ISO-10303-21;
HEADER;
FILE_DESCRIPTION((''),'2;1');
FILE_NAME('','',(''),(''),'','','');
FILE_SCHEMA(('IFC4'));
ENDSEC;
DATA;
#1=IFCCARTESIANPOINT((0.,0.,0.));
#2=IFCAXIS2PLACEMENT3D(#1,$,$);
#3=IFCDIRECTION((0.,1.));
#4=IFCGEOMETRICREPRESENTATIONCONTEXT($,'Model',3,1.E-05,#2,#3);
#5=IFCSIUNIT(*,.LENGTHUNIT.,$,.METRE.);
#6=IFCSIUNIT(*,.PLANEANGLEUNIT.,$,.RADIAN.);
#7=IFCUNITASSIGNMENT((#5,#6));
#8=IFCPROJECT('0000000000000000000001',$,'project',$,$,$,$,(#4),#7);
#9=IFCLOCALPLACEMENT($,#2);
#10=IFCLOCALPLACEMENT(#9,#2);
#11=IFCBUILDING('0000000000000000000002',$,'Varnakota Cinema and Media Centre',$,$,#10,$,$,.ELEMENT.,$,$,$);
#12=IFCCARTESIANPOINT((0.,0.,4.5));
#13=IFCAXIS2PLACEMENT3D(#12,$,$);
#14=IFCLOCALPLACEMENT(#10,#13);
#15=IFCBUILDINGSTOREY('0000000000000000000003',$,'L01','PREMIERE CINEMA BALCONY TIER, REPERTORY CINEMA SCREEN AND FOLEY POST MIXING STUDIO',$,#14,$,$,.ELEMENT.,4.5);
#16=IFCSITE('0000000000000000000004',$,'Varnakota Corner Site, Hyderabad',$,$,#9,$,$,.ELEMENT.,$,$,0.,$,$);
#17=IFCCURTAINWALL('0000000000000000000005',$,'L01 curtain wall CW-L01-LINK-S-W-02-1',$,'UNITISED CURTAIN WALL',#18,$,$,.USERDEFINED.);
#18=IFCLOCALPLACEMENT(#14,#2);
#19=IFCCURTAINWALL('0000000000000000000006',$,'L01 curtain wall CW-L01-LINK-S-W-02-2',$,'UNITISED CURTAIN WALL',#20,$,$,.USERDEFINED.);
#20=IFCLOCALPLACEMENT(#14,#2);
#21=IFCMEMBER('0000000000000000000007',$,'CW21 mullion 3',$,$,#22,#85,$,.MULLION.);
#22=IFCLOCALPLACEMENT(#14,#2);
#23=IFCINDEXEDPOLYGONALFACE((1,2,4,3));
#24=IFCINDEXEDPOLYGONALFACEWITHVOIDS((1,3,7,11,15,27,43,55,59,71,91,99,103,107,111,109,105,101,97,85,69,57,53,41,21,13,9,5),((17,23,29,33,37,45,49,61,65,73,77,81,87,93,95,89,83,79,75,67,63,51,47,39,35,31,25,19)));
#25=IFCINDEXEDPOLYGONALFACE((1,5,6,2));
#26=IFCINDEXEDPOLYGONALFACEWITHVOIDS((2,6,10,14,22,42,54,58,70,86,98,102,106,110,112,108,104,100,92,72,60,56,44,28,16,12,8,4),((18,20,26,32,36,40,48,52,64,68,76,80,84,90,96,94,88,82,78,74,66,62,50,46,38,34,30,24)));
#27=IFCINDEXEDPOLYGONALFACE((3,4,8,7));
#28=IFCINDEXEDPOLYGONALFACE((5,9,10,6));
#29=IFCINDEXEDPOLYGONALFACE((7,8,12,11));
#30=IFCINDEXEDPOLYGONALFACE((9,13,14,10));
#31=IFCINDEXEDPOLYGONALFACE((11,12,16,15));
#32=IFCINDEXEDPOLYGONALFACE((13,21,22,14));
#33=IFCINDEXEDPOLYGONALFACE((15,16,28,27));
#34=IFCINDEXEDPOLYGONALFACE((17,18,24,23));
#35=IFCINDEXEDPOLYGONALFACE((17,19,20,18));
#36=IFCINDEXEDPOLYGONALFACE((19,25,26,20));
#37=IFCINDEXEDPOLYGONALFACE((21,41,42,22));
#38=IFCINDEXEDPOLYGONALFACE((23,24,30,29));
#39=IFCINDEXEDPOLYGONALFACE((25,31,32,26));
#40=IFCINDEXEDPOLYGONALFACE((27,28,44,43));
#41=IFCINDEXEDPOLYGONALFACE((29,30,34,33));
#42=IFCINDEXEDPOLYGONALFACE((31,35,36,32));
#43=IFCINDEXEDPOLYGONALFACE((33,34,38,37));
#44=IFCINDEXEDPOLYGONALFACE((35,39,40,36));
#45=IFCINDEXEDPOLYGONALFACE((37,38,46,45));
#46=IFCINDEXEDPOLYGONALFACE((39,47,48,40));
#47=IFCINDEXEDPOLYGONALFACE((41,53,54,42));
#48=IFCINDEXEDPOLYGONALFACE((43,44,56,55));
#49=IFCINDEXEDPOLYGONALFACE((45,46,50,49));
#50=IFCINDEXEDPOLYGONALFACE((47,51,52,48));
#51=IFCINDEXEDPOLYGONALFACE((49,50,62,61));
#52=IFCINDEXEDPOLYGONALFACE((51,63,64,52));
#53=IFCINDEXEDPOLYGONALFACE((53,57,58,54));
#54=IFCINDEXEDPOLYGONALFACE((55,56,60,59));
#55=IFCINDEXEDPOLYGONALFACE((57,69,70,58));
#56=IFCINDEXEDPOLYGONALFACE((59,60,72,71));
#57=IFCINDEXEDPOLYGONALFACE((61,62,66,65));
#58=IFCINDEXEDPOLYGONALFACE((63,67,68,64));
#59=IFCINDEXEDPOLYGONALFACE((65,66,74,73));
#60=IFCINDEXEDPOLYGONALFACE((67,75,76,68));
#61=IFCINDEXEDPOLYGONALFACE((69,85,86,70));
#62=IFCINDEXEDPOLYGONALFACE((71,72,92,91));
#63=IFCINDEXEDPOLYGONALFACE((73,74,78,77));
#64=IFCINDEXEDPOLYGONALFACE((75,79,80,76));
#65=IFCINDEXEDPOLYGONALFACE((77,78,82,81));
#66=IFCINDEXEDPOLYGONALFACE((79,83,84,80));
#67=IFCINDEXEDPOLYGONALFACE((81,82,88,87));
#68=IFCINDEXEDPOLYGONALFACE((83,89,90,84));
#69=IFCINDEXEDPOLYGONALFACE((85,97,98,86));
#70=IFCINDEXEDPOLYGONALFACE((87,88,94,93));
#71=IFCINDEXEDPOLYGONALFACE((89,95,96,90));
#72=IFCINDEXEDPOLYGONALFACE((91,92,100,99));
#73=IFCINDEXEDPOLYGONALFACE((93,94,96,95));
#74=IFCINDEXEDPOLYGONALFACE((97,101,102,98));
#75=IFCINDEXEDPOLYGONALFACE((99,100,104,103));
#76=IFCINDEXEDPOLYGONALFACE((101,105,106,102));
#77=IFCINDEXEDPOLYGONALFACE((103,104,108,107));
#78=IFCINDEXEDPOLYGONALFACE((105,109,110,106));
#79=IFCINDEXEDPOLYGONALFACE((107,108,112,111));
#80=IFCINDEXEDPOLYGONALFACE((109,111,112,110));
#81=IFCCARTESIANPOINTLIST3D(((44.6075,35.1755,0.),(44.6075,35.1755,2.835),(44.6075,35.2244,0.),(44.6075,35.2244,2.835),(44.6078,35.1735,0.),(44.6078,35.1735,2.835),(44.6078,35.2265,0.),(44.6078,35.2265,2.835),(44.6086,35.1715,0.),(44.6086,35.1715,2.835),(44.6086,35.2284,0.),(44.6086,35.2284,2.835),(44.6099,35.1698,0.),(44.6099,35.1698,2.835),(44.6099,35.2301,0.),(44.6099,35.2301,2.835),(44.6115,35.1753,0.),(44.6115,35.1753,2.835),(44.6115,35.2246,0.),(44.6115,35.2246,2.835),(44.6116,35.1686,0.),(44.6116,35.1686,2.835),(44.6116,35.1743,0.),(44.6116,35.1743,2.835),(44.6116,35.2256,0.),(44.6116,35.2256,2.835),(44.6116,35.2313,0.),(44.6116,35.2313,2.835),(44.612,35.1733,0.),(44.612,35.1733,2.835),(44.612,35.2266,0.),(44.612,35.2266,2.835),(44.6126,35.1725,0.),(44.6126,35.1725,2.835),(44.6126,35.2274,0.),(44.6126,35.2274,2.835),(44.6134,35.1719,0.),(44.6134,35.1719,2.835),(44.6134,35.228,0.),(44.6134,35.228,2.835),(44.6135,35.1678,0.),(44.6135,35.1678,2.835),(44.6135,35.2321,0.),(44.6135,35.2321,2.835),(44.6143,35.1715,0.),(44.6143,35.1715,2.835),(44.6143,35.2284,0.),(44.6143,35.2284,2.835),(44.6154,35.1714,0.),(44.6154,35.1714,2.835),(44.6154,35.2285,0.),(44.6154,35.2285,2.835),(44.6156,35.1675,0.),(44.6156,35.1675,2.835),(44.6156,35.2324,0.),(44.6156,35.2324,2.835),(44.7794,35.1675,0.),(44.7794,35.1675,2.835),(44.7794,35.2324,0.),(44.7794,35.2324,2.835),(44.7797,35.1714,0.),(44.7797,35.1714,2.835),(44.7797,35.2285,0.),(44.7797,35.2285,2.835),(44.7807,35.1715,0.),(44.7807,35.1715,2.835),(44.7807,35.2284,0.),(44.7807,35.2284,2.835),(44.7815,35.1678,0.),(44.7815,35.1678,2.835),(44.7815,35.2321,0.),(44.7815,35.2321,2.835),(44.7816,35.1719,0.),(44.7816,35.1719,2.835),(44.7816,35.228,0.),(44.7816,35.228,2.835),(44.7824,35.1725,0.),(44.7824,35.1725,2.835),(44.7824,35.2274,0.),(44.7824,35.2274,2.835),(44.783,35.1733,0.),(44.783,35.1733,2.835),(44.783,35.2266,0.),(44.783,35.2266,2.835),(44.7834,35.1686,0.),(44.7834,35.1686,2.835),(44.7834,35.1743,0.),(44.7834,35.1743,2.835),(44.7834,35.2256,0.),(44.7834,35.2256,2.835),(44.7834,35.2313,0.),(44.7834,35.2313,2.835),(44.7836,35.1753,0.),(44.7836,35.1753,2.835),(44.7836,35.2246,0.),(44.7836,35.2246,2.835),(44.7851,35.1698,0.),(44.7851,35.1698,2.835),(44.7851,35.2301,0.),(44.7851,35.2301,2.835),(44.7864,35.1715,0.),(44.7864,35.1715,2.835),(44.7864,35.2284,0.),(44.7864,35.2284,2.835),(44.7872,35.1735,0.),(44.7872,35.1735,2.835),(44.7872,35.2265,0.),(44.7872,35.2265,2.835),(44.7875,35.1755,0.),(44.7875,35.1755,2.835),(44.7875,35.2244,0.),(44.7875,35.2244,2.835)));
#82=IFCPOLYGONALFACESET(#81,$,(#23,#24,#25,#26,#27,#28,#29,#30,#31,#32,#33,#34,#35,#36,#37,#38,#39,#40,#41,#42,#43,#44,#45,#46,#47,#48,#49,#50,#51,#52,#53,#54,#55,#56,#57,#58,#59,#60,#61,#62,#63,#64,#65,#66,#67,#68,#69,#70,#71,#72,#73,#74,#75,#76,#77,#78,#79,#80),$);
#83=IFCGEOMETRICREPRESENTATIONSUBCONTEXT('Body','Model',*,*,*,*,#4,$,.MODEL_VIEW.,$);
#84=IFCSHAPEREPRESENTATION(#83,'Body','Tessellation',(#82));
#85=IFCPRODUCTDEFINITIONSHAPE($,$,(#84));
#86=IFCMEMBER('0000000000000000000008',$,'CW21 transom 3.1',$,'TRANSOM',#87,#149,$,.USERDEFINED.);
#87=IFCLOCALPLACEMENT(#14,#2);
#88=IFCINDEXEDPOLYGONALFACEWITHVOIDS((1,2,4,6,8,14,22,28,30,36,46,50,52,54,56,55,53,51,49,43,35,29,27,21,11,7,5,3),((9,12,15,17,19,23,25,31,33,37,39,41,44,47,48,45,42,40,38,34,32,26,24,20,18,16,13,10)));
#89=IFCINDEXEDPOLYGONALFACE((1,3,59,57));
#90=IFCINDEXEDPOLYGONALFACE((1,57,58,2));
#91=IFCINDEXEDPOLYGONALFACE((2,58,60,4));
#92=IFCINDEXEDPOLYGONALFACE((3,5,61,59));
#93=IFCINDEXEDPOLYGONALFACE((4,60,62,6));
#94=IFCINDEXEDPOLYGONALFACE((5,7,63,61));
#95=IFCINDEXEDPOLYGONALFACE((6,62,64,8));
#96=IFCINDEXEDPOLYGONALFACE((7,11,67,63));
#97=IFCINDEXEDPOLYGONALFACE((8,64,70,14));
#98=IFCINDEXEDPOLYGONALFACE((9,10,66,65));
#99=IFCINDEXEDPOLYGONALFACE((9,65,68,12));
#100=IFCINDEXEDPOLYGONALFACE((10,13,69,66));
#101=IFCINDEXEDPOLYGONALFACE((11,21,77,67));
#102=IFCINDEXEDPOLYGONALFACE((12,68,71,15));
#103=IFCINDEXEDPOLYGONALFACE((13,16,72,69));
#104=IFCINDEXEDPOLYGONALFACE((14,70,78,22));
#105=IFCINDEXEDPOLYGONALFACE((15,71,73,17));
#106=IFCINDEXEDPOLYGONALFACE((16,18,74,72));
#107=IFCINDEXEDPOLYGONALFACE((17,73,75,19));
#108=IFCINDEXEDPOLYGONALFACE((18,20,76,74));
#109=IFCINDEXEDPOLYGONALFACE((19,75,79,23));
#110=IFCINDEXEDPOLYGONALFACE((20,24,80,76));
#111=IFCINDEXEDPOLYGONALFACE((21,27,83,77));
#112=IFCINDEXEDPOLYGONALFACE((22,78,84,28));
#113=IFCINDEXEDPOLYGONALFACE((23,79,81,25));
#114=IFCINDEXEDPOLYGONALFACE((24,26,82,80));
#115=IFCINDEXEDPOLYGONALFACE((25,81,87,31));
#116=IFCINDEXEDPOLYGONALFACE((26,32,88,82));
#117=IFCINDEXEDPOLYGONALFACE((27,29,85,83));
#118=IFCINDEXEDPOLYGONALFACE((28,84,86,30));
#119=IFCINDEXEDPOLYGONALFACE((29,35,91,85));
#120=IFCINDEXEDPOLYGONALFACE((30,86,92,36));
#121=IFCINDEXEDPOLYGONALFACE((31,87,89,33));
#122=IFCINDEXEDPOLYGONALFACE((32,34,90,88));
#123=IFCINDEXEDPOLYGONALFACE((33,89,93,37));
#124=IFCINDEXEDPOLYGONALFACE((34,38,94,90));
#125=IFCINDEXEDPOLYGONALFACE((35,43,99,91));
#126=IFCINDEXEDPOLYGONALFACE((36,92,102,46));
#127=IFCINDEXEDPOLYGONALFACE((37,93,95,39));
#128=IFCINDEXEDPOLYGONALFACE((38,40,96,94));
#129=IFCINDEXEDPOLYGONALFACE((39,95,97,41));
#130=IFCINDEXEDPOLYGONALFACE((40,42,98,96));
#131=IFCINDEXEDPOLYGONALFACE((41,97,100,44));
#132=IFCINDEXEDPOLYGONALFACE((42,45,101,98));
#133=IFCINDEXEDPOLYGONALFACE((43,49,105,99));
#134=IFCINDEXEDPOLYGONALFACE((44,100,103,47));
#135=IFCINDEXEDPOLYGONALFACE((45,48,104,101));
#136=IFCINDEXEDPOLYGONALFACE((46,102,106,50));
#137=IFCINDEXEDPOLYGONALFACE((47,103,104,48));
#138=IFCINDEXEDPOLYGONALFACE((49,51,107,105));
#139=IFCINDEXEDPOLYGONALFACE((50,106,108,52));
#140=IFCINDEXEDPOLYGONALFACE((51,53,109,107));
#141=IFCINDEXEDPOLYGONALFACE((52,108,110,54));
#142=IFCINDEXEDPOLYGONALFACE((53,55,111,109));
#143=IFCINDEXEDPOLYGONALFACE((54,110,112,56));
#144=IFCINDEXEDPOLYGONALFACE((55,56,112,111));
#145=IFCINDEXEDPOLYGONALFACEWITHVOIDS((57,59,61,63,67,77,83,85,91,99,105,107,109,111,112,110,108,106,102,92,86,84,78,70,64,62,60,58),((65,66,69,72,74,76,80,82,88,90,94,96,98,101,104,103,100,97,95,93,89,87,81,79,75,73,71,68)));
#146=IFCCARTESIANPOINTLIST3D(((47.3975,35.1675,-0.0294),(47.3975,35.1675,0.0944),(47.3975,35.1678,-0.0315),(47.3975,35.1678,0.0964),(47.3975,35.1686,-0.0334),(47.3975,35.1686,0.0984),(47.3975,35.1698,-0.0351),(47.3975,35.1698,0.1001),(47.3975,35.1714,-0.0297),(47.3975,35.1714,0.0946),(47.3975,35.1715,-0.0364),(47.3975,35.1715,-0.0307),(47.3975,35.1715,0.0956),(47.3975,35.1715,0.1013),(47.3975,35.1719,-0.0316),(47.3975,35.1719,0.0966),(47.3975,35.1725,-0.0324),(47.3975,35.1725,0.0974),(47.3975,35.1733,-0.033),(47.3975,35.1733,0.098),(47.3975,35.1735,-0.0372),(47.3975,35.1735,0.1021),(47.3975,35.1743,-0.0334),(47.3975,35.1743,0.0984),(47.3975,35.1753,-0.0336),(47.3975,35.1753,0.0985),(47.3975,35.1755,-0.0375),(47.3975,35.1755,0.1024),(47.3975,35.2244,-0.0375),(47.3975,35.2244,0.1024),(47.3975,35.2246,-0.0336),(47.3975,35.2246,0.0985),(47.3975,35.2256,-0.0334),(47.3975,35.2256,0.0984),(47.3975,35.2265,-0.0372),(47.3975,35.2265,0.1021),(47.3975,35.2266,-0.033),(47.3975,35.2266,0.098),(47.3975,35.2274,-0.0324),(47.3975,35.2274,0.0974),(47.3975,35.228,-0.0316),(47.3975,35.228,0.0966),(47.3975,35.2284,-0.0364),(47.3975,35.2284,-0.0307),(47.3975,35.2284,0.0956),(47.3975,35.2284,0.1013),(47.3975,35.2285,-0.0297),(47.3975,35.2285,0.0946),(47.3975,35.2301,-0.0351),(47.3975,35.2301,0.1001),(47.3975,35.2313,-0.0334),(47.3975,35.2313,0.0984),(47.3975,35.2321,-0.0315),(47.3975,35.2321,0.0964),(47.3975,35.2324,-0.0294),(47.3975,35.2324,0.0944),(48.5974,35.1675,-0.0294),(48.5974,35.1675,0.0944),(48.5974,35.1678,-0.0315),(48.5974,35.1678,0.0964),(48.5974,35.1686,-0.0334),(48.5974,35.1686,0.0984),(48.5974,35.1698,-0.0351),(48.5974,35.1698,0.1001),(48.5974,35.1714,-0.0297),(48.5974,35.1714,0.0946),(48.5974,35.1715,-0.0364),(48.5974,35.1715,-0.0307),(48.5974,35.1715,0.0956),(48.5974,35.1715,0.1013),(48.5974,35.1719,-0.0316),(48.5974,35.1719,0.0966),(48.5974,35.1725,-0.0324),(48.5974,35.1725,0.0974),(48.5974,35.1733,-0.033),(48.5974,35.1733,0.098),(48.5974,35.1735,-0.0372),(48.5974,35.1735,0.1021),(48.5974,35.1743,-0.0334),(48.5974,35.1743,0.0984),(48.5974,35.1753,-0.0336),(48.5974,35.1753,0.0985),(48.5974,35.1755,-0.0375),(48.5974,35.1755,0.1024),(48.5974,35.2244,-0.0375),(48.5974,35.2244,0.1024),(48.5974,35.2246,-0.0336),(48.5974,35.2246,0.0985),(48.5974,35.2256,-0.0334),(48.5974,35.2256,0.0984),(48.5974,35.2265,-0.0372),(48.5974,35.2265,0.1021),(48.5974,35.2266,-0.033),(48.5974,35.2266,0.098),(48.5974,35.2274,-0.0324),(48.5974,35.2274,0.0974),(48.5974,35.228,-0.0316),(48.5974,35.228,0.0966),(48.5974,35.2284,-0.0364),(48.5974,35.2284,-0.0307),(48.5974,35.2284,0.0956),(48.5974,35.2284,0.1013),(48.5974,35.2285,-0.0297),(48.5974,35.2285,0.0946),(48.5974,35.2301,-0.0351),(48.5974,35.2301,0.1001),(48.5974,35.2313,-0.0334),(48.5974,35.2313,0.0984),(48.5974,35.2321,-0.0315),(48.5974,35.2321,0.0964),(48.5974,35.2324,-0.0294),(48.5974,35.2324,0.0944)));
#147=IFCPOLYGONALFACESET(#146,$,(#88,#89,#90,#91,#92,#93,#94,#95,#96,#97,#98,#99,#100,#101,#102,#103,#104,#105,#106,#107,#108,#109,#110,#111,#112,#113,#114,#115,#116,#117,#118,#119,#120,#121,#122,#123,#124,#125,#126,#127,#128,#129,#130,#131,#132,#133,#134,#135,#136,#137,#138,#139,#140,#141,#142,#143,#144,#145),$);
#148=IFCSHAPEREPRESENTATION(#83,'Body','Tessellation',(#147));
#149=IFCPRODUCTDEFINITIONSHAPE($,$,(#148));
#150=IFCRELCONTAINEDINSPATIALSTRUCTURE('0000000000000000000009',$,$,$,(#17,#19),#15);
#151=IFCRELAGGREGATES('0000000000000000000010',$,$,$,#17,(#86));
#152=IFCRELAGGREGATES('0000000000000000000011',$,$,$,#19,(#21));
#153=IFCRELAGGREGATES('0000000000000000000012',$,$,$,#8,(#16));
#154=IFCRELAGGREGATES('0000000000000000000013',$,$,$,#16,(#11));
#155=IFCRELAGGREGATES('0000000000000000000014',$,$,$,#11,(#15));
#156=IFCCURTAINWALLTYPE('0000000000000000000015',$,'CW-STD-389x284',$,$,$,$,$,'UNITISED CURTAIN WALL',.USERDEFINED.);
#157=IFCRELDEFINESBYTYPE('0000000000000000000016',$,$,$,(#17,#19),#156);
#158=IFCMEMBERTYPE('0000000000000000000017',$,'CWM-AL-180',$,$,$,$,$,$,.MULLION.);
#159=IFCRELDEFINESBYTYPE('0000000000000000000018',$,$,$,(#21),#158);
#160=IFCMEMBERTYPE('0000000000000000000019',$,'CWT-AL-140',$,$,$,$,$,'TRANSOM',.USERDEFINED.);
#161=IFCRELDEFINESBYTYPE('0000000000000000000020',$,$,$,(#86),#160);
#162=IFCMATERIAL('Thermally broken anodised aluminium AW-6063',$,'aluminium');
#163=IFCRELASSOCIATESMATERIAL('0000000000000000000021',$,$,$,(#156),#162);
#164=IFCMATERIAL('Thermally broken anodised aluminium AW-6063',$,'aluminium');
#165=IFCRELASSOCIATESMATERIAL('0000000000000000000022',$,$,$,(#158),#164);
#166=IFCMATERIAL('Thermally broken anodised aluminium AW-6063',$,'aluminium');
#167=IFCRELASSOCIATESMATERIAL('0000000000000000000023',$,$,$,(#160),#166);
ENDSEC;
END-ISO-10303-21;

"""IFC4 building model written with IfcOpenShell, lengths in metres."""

from ifc_helpers import new_model, si_unit, direction, frame, origin, origin_2d, place, context, subcontext, project, spatial, hollow_rectangle, extrude, material, material_profile, profile_set, type_object, element, aggregate, save


model = new_model("IFC4")

# Units and contexts
model_context = context("Model", 3, precision=1e-05, world=origin(), true_north=direction((0.0, 1.0)))
body_context = subcontext(model_context, "Body", "Model", "MODEL_VIEW")
ifc_project = project(units=[si_unit("LENGTHUNIT", "METRE"), si_unit("PLANEANGLEUNIT", "RADIAN")], contexts=[model_context])

# Site, building, storey
site_placement = place(None, origin())
site = spatial("IfcSite", under=ifc_project, at=site_placement, Name="Varnakota Corner Site, Hyderabad", CompositionType="ELEMENT", RefElevation=0.0)
building_placement = place(site_placement, origin())
building = spatial("IfcBuilding", under=site, at=building_placement, Name="Varnakota Cinema and Media Centre", CompositionType="ELEMENT")
storey_placement = place(building_placement, frame((0.0, 0.0, 4.5)))
storey = spatial("IfcBuildingStorey", under=building, at=storey_placement, Name="L01", Description="PREMIERE CINEMA BALCONY TIER, REPERTORY CINEMA SCREEN AND FOLEY POST MIXING STUDIO", CompositionType="ELEMENT", Elevation=4.5)

# Curtain walls, member
ifc_material_1 = material(Name="Thermally broken anodised aluminium AW-6063", Category="aluminium")
curtain_wall_type = type_object("IfcCurtainWallType", Name="CW-STD-389x284", ElementType="UNITISED CURTAIN WALL", PredefinedType="USERDEFINED", material=ifc_material_1)
curtain_wall_1_placement = place(storey_placement, origin())
curtain_wall_1 = element("IfcCurtainWall", 1, at=curtain_wall_1_placement, inside=storey, type_object=curtain_wall_type, Name="L01 curtain wall CW-L01-LINK-S-W-02-1", ObjectType="UNITISED CURTAIN WALL", PredefinedType="USERDEFINED")
ifc_material_2 = material(Name="Thermally broken anodised aluminium AW-6063", Category="aluminium")
ifc_material_profile_1 = material_profile(ifc_material_2, hollow_rectangle(XDim=0.0649, YDim=0.1799, WallThickness=0.0039, InnerFilletRadius=0.0039, OuterFilletRadius=0.0081, at=origin_2d()), Name="AL-MULLION 180x65x4")
ifc_profile_set_1 = profile_set([ifc_material_profile_1], Name="Thermally broken anodised aluminium AW-6063")
member_type_1 = type_object("IfcMemberType", Name="CWM-AL-180", PredefinedType="MULLION", material=ifc_profile_set_1)
curtain_wall_2_placement = place(storey_placement, origin())
curtain_wall_2 = element("IfcCurtainWall", 2, at=curtain_wall_2_placement, inside=storey, type_object=curtain_wall_type, Name="L01 curtain wall CW-L01-LINK-S-W-02-2", ObjectType="UNITISED CURTAIN WALL", PredefinedType="USERDEFINED")
member_1_placement = place(storey_placement, frame((44.6975, 35.2, 0.0), z_axis=(0.0, 0.0, 1.0), x_axis=(0.0, -1.0, 0.0)))
member_1 = element("IfcMember", 3, at=member_1_placement, type_object=member_type_1, Name="CW21 mullion 3", PredefinedType="MULLION", context=body_context, shape_type="SweptSolid", body=[
    extrude(hollow_rectangle(XDim=0.0649, YDim=0.1799, WallThickness=0.0039, InnerFilletRadius=0.0039, OuterFilletRadius=0.0081, at=origin_2d()), origin(), (0.0, 0.0, 1.0), 2.835),
])

# Member
ifc_material_3 = material(Name="Thermally broken anodised aluminium AW-6063", Category="aluminium")
ifc_material_profile_2 = material_profile(ifc_material_3, hollow_rectangle(XDim=0.0649, YDim=0.1399, WallThickness=0.0039, InnerFilletRadius=0.0039, OuterFilletRadius=0.0081, at=origin_2d()), Name="AL-TRANSOM 140x65x4")
ifc_profile_set_2 = profile_set([ifc_material_profile_2], Name="Thermally broken anodised aluminium AW-6063")
member_type_2 = type_object("IfcMemberType", Name="CWT-AL-140", ElementType="TRANSOM", PredefinedType="USERDEFINED", material=ifc_profile_set_2)
member_2_placement = place(storey_placement, frame((48.5974, 35.2, 0.0325), z_axis=(-1.0, 0.0, 0.0), x_axis=(0.0, -1.0, 0.0)))
member_2 = element("IfcMember", 4, at=member_2_placement, type_object=member_type_2, Name="CW21 transom 3.1", ObjectType="TRANSOM", PredefinedType="USERDEFINED", context=body_context, shape_type="SweptSolid", body=[
    extrude(hollow_rectangle(XDim=0.0649, YDim=0.1399, WallThickness=0.0039, InnerFilletRadius=0.0039, OuterFilletRadius=0.0081, at=origin_2d()), origin(), (0.0, 0.0, 1.0), 1.2),
])

aggregate(curtain_wall_1, [member_2])
aggregate(curtain_wall_2, [member_1])

save(model, "model.ifc")
